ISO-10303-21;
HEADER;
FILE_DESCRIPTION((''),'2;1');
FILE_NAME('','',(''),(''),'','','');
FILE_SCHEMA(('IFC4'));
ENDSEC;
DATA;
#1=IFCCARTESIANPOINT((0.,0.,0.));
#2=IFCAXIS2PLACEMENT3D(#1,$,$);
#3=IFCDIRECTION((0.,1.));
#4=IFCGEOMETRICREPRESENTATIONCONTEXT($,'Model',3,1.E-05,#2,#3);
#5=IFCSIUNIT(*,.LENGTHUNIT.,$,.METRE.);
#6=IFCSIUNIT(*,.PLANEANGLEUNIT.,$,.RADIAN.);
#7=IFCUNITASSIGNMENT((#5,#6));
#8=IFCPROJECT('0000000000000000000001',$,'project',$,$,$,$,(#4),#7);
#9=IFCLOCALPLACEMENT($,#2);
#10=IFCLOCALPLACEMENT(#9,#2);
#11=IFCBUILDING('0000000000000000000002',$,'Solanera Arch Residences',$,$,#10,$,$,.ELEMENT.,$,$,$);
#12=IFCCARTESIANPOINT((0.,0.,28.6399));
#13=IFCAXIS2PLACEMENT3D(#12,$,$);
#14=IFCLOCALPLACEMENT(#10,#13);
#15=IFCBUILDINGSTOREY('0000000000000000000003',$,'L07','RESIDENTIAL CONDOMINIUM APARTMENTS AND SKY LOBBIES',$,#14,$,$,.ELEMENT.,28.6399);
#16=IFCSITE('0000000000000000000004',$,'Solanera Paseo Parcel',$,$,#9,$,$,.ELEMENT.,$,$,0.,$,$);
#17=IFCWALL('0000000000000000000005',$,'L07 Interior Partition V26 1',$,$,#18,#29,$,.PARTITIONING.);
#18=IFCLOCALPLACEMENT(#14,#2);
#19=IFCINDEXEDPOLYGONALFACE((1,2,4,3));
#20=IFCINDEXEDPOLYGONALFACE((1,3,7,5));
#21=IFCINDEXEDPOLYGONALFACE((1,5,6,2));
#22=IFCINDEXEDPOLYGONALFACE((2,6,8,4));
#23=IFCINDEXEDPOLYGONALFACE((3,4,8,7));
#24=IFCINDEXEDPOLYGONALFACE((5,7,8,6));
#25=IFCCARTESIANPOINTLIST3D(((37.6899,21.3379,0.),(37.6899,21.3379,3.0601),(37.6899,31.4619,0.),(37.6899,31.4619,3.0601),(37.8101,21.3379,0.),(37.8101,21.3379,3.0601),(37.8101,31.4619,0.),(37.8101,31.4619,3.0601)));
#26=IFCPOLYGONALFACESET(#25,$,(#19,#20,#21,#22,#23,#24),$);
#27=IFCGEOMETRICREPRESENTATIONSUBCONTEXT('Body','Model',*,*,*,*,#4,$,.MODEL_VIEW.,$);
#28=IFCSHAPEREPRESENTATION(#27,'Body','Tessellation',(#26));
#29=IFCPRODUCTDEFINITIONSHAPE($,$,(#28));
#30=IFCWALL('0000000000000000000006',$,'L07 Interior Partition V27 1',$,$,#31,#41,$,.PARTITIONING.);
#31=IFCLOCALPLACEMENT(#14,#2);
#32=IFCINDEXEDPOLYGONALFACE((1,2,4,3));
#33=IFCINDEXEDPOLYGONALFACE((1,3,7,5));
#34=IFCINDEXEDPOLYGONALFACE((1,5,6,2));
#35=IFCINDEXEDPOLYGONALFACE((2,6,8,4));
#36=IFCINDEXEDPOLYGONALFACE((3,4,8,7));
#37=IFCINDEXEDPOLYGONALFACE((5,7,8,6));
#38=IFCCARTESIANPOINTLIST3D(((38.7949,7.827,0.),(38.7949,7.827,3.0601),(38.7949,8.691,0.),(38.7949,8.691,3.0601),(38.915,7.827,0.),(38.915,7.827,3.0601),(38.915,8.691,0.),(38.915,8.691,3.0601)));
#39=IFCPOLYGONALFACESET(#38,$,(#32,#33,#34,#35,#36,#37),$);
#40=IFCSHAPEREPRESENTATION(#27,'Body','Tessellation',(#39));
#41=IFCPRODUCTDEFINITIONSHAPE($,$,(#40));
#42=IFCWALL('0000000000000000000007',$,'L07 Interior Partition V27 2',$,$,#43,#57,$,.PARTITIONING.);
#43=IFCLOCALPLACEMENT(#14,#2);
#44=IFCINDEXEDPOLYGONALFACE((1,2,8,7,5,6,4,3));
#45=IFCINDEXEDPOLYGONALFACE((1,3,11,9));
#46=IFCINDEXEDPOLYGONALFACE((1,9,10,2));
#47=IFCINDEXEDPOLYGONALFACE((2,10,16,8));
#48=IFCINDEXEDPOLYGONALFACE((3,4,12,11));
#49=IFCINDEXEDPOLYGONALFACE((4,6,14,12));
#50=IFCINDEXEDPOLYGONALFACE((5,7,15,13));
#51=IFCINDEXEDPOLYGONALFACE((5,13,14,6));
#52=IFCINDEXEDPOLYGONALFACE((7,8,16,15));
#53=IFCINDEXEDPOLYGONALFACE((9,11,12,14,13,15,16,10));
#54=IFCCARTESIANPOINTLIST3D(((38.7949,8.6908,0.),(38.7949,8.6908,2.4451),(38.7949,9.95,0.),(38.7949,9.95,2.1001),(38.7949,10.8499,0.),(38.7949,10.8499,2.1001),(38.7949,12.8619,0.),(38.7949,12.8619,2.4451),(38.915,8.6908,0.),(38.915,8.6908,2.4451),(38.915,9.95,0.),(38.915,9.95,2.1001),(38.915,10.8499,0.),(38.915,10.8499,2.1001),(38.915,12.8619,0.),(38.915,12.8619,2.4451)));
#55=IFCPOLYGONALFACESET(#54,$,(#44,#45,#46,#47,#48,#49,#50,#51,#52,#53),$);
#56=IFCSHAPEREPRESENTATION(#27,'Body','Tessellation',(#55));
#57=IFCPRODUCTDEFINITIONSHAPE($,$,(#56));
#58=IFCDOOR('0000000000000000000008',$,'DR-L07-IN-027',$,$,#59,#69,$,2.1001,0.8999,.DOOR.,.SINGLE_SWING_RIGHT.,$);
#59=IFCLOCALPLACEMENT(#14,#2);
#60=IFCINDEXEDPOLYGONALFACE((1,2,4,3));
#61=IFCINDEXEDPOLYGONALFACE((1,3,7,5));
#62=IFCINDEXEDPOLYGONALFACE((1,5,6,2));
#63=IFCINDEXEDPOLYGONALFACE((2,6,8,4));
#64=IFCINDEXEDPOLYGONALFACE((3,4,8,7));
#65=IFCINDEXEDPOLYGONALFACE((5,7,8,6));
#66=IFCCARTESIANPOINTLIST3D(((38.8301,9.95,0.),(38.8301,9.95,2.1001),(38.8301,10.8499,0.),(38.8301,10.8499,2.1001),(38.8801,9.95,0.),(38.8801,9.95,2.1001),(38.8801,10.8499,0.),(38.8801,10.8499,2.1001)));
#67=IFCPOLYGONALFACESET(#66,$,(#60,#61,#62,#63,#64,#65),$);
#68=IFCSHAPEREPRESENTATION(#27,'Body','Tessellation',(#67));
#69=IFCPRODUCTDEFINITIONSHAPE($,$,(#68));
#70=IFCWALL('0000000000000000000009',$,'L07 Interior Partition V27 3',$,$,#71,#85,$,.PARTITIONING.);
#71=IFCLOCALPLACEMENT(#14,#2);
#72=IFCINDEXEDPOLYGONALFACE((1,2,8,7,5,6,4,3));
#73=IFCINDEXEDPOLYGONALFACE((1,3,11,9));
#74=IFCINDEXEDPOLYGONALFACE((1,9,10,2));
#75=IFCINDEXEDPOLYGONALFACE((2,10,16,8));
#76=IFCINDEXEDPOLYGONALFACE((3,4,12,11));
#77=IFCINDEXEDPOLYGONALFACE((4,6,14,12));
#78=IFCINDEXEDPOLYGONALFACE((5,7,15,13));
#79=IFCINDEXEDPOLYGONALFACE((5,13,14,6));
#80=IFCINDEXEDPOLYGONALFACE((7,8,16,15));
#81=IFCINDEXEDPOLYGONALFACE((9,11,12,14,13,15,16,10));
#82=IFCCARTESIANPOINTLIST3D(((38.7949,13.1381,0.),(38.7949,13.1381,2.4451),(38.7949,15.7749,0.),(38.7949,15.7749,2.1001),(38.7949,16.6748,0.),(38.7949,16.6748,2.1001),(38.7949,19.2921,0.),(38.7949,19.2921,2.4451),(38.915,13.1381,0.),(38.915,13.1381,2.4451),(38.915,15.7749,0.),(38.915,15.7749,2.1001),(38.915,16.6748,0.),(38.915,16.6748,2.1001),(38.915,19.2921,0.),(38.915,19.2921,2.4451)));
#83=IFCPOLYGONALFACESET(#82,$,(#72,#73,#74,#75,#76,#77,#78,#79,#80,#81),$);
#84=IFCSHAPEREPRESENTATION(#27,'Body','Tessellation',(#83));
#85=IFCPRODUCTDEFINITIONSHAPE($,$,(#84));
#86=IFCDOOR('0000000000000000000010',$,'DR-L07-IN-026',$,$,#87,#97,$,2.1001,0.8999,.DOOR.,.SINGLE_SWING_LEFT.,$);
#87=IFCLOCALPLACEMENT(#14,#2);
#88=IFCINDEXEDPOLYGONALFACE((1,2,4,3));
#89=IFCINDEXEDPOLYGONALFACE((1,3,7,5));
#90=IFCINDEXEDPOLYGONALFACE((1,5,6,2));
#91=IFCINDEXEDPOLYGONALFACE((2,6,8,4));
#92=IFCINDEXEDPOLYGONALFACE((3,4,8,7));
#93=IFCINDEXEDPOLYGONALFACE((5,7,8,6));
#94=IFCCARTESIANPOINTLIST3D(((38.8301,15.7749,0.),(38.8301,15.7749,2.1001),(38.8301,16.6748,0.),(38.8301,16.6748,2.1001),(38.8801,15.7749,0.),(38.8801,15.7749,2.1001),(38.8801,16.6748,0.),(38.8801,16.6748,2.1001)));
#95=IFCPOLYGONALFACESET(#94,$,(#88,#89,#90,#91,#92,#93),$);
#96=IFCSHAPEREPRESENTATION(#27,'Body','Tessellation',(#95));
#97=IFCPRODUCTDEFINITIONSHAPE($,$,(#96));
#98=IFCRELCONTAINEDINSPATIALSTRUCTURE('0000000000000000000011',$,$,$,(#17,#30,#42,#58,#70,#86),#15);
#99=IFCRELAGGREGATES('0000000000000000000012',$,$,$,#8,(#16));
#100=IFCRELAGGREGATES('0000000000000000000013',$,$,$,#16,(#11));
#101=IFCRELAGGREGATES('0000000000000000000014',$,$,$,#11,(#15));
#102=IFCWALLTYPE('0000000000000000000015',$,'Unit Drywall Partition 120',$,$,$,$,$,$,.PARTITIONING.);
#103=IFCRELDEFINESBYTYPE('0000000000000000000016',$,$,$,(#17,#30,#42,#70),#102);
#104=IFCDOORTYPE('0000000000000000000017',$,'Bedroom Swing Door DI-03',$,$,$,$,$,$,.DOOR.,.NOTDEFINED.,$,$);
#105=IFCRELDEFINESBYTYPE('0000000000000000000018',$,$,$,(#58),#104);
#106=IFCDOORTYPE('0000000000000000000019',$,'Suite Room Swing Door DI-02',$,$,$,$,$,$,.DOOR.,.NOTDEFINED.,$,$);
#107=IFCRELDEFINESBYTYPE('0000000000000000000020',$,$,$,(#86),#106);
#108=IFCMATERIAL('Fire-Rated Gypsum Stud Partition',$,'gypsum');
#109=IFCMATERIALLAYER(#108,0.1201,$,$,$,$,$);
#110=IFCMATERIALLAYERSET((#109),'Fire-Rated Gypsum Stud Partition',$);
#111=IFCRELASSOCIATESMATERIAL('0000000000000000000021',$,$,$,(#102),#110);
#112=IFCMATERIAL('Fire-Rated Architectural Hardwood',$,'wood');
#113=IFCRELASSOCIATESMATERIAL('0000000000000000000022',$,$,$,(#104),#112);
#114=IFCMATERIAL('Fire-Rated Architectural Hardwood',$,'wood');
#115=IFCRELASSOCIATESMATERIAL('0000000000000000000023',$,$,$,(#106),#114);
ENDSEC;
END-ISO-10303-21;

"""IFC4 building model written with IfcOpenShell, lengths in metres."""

from ifc_helpers import new_model, si_unit, direction, frame, frame_2d, origin, place, context, subcontext, project, spatial, rectangle, extrude, material, layer, layer_set, type_object, element, fill, save


model = new_model("IFC4")

# Units and contexts
model_context = context("Model", 3, precision=1e-05, world=origin(), true_north=direction((0.0, 1.0)))
body_context = subcontext(model_context, "Body", "Model", "MODEL_VIEW")
ifc_project = project(units=[si_unit("LENGTHUNIT", "METRE"), si_unit("PLANEANGLEUNIT", "RADIAN")], contexts=[model_context])

# Site, building, storey
site_placement = place(None, origin())
site = spatial("IfcSite", under=ifc_project, at=site_placement, Name="Solanera Paseo Parcel", CompositionType="ELEMENT", RefElevation=0.0)
building_placement = place(site_placement, origin())
building = spatial("IfcBuilding", under=site, at=building_placement, Name="Solanera Arch Residences", CompositionType="ELEMENT")
storey_placement = place(building_placement, frame((0.0, 0.0, 28.6399)))
storey = spatial("IfcBuildingStorey", under=building, at=storey_placement, Name="L07", Description="RESIDENTIAL CONDOMINIUM APARTMENTS AND SKY LOBBIES", CompositionType="ELEMENT", Elevation=28.6399)

# Walls
ifc_material_1 = material(Name="Fire-Rated Gypsum Stud Partition", Category="gypsum")
ifc_layer_1 = layer(ifc_material_1, 0.1201)
ifc_layer_set_1 = layer_set([ifc_layer_1], Name="Fire-Rated Gypsum Stud Partition")
wall_type_1 = type_object("IfcWallType", Name="Unit Drywall Partition 120", PredefinedType="PARTITIONING", material=ifc_layer_set_1)
wall_1_placement = place(storey_placement, frame((37.75, 21.3379, 0.0), z_axis=(0.0, 0.0, 1.0), x_axis=(0.0, 1.0, 0.0)))
element("IfcWall", 1, at=wall_1_placement, inside=storey, type_object=wall_type_1, Name="L07 Interior Partition V26 1", PredefinedType="PARTITIONING", context=body_context, shape_type="SweptSolid", body=[
    extrude(rectangle(XDim=10.124, YDim=0.1201, at=frame_2d((5.062, 0.0))), origin(), (0.0, 0.0, 1.0), 3.0601),
])
wall_2_placement = place(storey_placement, frame((38.855, 7.8269, 0.0), z_axis=(0.0, 0.0, 1.0), x_axis=(0.0, 1.0, 0.0)))
element("IfcWall", 2, at=wall_2_placement, inside=storey, type_object=wall_type_1, Name="L07 Interior Partition V27 1", PredefinedType="PARTITIONING", context=body_context, shape_type="SweptSolid", body=[
    extrude(rectangle(XDim=0.864, YDim=0.1201, at=frame_2d((0.4321, 0.0))), origin(), (0.0, 0.0, 1.0), 3.0601),
])

# Walls, openings, doors
wall_3_placement = place(storey_placement, frame((38.855, 8.6909, 0.0), z_axis=(0.0, 0.0, 1.0), x_axis=(0.0, 1.0, 0.0)))
wall_3 = element("IfcWall", 3, at=wall_3_placement, inside=storey, type_object=wall_type_1, Name="L07 Interior Partition V27 2", PredefinedType="PARTITIONING", context=body_context, shape_type="SweptSolid", body=[
    extrude(rectangle(XDim=4.1711, YDim=0.1201, at=frame_2d((2.0854, 0.0))), origin(), (0.0, 0.0, 1.0), 2.4451),
])
opening_1_placement = place(wall_3_placement, frame((1.259, 0.0, 0.0)))
opening_1 = element("IfcOpeningElement", 4, at=opening_1_placement, cuts=wall_3, PredefinedType="OPENING", context=body_context, shape_type="SweptSolid", body=[
    extrude(rectangle(XDim=0.8999, YDim=2.1001, at=frame_2d((0.45, 1.05))), frame((0.0, 0.0701, 0.0), z_axis=(0.0, -1.0, 0.0), x_axis=(1.0, 0.0, 0.0)), (0.0, 0.0, 1.0), 0.1401),
])
ifc_material_2 = material(Name="Fire-Rated Architectural Hardwood", Category="wood")
door_type_1 = type_object("IfcDoorType", Name="Bedroom Swing Door DI-03", OperationType="NOTDEFINED", PredefinedType="DOOR", material=ifc_material_2)
door_1_placement = place(opening_1_placement, origin())
door_1 = element("IfcDoor", 5, at=door_1_placement, inside=storey, type_object=door_type_1, Name="DR-L07-IN-027", OperationType="SINGLE_SWING_RIGHT", OverallHeight=2.1001, OverallWidth=0.8999, PredefinedType="DOOR", context=body_context, shape_type="SweptSolid", body=[
    extrude(rectangle(XDim=0.8999, YDim=2.1001, at=frame_2d((0.45, 1.05))), frame((0.0, 0.0249, 0.0), z_axis=(0.0, -1.0, 0.0), x_axis=(1.0, 0.0, 0.0)), (0.0, 0.0, 1.0), 0.05),
])
fill(opening_1, door_1)
wall_4_placement = place(storey_placement, frame((38.855, 13.1379, 0.0), z_axis=(0.0, 0.0, 1.0), x_axis=(0.0, 1.0, 0.0)))
wall_4 = element("IfcWall", 6, at=wall_4_placement, inside=storey, type_object=wall_type_1, Name="L07 Interior Partition V27 3", PredefinedType="PARTITIONING", context=body_context, shape_type="SweptSolid", body=[
    extrude(rectangle(XDim=6.1541, YDim=0.1201, at=frame_2d((3.0771, 0.0))), origin(), (0.0, 0.0, 1.0), 2.4451),
])
opening_2_placement = place(wall_4_placement, frame((2.637, 0.0, 0.0)))
opening_2 = element("IfcOpeningElement", 7, at=opening_2_placement, cuts=wall_4, PredefinedType="OPENING", context=body_context, shape_type="SweptSolid", body=[
    extrude(rectangle(XDim=0.8999, YDim=2.1001, at=frame_2d((0.45, 1.05))), frame((0.0, 0.0701, 0.0), z_axis=(0.0, -1.0, 0.0), x_axis=(1.0, 0.0, 0.0)), (0.0, 0.0, 1.0), 0.1401),
])
ifc_material_3 = material(Name="Fire-Rated Architectural Hardwood", Category="wood")
door_type_2 = type_object("IfcDoorType", Name="Suite Room Swing Door DI-02", OperationType="NOTDEFINED", PredefinedType="DOOR", material=ifc_material_3)
door_2_placement = place(opening_2_placement, origin())
door_2 = element("IfcDoor", 8, at=door_2_placement, inside=storey, type_object=door_type_2, Name="DR-L07-IN-026", OperationType="SINGLE_SWING_LEFT", OverallHeight=2.1001, OverallWidth=0.8999, PredefinedType="DOOR", context=body_context, shape_type="SweptSolid", body=[
    extrude(rectangle(XDim=0.8999, YDim=2.1001, at=frame_2d((0.45, 1.05))), frame((0.0, 0.0249, 0.0), z_axis=(0.0, -1.0, 0.0), x_axis=(1.0, 0.0, 0.0)), (0.0, 0.0, 1.0), 0.05),
])
fill(opening_2, door_2)

save(model, "model.ifc")
